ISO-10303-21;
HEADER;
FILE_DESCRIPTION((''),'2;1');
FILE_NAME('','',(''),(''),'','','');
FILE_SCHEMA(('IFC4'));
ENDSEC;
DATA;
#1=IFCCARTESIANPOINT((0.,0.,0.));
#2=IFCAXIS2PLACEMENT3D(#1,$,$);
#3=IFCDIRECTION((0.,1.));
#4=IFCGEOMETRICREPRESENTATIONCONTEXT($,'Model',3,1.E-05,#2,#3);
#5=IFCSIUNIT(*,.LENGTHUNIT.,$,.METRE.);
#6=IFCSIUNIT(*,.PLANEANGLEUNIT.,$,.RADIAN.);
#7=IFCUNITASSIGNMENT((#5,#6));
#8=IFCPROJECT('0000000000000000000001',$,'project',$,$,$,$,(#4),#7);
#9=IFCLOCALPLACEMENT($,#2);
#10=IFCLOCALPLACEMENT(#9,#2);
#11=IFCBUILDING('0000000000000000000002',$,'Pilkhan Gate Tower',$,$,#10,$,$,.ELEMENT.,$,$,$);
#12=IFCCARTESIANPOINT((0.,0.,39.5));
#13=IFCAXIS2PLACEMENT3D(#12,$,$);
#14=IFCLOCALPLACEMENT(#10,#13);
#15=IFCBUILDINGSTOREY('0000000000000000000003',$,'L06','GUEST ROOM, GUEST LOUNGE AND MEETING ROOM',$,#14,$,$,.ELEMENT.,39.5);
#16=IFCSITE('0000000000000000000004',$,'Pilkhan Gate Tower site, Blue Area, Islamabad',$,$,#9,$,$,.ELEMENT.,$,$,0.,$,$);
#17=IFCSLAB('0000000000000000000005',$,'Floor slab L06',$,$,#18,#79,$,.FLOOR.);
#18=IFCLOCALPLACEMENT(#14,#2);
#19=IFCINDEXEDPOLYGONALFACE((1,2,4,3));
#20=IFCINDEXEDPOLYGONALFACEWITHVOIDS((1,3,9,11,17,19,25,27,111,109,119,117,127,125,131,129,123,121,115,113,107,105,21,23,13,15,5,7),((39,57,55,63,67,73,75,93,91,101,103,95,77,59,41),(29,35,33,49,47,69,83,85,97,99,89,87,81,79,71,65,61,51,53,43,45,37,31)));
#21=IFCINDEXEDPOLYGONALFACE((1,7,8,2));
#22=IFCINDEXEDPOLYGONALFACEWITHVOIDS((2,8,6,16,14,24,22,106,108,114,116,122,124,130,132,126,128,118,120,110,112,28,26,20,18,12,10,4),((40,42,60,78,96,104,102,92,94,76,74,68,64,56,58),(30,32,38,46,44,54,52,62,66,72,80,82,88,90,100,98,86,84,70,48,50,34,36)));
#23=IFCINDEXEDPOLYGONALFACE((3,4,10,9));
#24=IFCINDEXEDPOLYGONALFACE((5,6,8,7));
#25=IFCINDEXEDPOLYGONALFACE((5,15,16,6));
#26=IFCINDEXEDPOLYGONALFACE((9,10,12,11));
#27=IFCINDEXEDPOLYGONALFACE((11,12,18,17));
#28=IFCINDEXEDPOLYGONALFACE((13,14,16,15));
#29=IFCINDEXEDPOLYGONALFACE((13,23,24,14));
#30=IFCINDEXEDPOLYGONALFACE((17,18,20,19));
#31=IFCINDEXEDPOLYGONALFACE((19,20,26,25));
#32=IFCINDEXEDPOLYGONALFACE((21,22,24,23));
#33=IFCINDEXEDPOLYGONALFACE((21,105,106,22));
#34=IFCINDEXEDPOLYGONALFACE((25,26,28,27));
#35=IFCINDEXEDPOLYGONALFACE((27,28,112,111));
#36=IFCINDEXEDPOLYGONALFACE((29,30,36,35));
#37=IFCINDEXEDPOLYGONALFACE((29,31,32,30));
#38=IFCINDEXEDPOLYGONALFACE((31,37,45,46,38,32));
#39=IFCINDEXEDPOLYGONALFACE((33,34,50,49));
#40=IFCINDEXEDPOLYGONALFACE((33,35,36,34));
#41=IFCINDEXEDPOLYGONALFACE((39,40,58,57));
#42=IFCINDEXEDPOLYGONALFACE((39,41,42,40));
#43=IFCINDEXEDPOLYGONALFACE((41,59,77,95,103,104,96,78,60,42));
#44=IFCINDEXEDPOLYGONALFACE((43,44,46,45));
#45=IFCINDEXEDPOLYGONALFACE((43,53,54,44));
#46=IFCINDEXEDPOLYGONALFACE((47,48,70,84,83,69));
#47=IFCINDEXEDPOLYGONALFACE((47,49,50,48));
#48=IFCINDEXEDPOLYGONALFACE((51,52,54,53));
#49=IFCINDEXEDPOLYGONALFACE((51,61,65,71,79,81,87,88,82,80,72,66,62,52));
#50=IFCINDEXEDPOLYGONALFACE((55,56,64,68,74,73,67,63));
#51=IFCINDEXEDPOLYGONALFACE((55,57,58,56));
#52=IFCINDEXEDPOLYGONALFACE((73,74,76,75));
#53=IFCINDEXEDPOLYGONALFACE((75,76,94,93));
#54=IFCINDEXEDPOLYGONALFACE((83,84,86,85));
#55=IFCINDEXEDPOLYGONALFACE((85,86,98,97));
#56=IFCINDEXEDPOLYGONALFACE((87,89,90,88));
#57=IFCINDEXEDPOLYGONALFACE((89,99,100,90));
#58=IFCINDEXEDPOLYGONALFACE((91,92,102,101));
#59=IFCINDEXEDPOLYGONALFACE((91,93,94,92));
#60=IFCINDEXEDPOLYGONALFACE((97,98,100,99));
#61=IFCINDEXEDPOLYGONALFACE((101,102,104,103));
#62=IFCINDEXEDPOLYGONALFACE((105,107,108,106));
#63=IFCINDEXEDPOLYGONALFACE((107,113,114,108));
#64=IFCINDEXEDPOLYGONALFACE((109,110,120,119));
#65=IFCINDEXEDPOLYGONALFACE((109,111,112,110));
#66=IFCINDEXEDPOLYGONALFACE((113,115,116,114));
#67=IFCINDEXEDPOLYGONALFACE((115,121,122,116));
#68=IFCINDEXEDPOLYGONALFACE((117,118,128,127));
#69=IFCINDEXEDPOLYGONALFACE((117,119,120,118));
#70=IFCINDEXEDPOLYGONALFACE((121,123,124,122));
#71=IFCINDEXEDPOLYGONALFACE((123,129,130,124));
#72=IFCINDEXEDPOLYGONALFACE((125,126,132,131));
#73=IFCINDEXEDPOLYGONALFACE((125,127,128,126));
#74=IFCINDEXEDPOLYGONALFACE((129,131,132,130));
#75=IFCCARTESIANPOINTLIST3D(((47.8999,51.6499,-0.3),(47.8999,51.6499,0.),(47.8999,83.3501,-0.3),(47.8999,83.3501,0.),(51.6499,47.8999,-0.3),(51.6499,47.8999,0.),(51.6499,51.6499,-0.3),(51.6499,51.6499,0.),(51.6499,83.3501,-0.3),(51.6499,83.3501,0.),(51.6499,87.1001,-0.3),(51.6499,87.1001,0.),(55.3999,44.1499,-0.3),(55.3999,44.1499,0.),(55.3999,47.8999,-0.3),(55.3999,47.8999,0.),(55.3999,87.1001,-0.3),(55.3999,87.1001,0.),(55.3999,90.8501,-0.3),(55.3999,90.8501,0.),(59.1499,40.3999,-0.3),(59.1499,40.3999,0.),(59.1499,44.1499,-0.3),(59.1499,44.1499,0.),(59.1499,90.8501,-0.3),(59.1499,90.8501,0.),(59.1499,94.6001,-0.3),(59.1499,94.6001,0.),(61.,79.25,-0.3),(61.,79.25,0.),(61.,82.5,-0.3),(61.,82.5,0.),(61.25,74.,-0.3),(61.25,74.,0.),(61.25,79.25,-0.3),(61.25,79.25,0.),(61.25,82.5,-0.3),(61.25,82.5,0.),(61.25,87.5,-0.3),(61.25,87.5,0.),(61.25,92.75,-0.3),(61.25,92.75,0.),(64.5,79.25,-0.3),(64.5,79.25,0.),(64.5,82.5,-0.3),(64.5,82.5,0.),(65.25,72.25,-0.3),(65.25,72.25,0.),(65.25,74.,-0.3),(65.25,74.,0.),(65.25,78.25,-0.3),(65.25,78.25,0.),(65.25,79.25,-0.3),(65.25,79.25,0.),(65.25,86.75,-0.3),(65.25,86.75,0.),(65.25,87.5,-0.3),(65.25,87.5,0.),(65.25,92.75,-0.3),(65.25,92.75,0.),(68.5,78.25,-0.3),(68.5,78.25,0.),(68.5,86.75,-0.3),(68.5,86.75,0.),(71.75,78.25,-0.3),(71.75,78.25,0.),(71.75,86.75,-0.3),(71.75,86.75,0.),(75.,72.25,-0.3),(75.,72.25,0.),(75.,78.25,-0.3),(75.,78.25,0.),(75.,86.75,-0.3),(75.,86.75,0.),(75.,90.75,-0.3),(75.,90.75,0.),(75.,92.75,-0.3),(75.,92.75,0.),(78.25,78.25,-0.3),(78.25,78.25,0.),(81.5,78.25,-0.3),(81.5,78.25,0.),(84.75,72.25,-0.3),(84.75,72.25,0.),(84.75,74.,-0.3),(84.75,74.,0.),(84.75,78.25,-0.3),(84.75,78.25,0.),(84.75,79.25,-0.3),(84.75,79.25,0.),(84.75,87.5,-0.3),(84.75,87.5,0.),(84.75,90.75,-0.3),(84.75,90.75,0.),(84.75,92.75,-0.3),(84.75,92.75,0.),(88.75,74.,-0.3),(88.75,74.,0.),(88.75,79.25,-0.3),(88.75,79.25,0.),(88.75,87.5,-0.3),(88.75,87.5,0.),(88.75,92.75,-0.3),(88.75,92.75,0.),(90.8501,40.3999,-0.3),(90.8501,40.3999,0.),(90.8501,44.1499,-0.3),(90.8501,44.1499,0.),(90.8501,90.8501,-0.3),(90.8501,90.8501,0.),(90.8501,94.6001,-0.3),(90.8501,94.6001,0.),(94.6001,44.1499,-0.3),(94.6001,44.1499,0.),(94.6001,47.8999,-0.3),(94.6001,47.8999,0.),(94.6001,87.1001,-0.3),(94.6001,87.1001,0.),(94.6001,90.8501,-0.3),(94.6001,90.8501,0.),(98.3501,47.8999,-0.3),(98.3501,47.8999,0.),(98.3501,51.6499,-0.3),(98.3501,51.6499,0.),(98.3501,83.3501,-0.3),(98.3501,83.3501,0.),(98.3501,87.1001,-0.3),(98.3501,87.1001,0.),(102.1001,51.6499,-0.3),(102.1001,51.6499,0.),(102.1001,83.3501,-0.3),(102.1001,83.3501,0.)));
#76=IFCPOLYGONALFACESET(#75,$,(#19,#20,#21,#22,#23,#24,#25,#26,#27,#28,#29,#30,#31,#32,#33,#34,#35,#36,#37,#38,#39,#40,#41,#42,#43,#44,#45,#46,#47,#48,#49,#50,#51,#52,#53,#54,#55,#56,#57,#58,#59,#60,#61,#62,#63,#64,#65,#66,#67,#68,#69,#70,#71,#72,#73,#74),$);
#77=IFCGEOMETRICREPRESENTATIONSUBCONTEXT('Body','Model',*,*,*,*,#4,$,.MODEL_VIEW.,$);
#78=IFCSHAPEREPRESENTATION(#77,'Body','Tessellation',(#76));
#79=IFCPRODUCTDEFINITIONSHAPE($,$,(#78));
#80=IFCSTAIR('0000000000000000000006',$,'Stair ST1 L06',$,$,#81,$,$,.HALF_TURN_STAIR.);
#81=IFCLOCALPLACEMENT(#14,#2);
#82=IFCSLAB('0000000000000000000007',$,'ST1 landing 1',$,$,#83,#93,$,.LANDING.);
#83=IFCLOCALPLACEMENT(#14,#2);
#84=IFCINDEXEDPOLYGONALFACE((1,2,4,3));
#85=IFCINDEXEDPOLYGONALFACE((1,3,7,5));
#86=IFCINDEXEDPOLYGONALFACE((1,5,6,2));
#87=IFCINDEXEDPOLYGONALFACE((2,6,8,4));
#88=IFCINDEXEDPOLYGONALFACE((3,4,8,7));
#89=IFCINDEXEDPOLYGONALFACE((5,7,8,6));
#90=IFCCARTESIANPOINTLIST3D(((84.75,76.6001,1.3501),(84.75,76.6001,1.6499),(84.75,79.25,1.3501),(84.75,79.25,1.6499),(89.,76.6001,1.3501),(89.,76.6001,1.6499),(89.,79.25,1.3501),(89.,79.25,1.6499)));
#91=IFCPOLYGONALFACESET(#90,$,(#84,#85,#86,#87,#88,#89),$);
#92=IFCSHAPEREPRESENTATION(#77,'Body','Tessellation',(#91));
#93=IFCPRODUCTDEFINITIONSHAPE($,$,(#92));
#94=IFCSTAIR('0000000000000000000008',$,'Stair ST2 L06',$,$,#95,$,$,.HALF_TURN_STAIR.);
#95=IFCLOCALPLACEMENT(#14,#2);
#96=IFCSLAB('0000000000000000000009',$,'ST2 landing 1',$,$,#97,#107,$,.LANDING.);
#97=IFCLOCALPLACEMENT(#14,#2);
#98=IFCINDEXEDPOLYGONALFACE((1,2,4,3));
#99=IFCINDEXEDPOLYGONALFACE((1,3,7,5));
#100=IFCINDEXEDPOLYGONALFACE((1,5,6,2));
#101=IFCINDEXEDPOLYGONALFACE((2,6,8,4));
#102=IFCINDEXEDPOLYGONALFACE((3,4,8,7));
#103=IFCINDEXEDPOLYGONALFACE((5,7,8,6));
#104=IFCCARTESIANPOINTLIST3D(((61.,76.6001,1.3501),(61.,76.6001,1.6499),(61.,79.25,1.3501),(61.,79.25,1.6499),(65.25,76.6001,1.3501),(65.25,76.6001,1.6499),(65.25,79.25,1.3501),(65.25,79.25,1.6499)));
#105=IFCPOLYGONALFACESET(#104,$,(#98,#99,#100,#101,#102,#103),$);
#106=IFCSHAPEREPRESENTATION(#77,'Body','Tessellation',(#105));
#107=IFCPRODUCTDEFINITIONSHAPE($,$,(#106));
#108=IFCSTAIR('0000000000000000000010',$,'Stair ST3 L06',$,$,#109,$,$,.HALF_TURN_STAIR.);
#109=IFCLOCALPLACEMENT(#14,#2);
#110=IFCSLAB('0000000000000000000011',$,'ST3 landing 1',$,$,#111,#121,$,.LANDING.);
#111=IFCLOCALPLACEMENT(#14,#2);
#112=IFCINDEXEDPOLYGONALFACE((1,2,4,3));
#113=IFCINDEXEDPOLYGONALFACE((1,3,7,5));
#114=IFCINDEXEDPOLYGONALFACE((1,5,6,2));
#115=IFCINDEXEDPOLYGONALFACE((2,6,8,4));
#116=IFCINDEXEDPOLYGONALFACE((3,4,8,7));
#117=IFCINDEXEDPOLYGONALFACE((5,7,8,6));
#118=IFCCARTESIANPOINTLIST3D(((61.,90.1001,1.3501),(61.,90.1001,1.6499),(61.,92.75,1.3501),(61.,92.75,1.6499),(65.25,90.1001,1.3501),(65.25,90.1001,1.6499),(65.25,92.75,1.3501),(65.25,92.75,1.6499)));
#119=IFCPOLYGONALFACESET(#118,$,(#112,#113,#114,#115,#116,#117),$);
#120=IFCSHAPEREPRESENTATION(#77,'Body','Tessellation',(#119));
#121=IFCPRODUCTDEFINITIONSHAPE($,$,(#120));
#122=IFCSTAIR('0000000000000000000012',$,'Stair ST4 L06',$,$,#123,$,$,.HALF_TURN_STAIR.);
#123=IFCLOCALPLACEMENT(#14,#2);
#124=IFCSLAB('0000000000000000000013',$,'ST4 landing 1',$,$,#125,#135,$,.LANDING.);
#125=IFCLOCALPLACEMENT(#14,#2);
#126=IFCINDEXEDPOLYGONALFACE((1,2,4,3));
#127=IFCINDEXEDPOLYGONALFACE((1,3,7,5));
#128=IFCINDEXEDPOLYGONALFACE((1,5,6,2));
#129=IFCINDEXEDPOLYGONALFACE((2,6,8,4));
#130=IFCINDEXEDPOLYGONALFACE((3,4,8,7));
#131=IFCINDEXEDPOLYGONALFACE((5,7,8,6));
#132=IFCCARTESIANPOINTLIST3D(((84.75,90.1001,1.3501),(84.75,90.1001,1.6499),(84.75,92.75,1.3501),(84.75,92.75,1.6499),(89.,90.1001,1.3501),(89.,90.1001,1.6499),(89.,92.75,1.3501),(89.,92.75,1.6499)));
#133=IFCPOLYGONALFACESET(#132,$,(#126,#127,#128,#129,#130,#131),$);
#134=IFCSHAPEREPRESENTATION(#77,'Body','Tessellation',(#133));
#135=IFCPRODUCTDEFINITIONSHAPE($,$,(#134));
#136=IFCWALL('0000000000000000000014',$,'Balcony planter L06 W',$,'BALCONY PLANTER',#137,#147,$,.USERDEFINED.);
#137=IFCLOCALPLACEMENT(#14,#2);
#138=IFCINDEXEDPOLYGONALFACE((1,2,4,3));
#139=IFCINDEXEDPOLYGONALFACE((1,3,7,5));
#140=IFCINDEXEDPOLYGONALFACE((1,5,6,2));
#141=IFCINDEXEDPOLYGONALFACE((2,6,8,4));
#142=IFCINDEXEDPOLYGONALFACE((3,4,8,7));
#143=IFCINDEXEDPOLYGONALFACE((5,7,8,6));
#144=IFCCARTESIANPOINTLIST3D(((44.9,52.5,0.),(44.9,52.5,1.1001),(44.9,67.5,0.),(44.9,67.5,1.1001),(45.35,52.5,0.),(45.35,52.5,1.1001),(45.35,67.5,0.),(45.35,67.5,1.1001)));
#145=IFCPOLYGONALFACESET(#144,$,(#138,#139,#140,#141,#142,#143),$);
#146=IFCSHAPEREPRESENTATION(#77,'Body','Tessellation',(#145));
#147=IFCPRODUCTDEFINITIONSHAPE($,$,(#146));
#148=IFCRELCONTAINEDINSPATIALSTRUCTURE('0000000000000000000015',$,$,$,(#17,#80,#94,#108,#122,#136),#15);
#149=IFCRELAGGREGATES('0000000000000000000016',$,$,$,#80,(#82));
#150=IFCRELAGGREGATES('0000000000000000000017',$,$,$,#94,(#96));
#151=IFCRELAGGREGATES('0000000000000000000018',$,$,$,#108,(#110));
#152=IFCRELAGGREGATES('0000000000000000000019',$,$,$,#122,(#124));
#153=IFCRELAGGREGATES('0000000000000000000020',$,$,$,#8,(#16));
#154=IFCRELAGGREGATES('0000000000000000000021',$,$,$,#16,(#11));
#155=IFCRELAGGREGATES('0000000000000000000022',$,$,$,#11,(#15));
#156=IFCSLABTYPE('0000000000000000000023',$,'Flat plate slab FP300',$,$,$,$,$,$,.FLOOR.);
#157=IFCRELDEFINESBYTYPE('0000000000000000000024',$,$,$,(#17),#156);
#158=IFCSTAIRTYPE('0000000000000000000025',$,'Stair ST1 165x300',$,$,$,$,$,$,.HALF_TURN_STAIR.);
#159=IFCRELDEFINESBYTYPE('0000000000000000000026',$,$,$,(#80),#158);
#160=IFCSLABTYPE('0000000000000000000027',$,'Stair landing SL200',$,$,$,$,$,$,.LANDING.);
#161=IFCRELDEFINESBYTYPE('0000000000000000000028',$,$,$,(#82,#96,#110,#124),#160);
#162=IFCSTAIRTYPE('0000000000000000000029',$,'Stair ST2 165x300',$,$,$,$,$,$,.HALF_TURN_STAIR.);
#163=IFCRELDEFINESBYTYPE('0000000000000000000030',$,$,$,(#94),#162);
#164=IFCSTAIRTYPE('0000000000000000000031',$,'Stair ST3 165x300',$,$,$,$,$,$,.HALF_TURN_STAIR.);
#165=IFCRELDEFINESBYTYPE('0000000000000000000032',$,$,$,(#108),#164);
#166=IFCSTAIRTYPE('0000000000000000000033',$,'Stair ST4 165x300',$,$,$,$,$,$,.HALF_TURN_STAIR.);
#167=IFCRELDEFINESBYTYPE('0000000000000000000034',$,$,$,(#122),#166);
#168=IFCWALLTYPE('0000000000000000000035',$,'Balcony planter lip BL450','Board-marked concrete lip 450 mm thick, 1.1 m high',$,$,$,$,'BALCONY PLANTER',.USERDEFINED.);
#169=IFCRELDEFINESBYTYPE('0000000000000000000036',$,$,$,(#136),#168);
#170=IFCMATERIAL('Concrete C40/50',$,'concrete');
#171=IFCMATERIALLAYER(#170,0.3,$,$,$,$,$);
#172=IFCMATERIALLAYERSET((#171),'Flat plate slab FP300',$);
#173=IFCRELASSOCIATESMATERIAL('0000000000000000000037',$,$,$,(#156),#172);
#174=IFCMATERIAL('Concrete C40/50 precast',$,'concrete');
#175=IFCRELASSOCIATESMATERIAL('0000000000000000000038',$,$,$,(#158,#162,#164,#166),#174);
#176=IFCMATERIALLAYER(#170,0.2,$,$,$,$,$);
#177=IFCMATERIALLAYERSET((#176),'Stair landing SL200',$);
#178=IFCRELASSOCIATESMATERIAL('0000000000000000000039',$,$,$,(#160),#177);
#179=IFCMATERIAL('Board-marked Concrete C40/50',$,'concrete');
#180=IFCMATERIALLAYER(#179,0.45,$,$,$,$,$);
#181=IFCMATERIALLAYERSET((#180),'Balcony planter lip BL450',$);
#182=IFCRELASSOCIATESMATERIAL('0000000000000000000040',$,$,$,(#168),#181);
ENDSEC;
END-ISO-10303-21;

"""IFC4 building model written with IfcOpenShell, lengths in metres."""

from ifc_helpers import new_model, si_unit, direction, frame, frame_2d, origin, place, context, subcontext, project, spatial, polyline, rectangle, outline, extrude, material, layer, layer_set, type_object, element, aggregate, save


model = new_model("IFC4")

# Units and contexts
model_context = context("Model", 3, precision=1e-05, world=origin(), true_north=direction((0.0, 1.0)))
body_context = subcontext(model_context, "Body", "Model", "MODEL_VIEW")
ifc_project = project(units=[si_unit("LENGTHUNIT", "METRE"), si_unit("PLANEANGLEUNIT", "RADIAN")], contexts=[model_context])

# Site, building, storey
site_placement = place(None, origin())
site = spatial("IfcSite", under=ifc_project, at=site_placement, Name="Pilkhan Gate Tower site, Blue Area, Islamabad", CompositionType="ELEMENT", RefElevation=0.0)
building_placement = place(site_placement, origin())
building = spatial("IfcBuilding", under=site, at=building_placement, Name="Pilkhan Gate Tower", CompositionType="ELEMENT")
storey_placement = place(building_placement, frame((0.0, 0.0, 39.5)))
storey = spatial("IfcBuildingStorey", under=building, at=storey_placement, Name="L06", Description="GUEST ROOM, GUEST LOUNGE AND MEETING ROOM", CompositionType="ELEMENT", Elevation=39.5)

# Slab
ifc_material_1 = material(Name="Concrete C40/50", Category="concrete")
ifc_layer_1 = layer(ifc_material_1, 0.3)
ifc_layer_set_1 = layer_set([ifc_layer_1], Name="Flat plate slab FP300")
slab_type_1 = type_object("IfcSlabType", Name="Flat plate slab FP300", PredefinedType="FLOOR", material=ifc_layer_set_1)
slab_1_placement = place(storey_placement, frame((0.0, 0.0, -0.3)))
element("IfcSlab", 1, at=slab_1_placement, inside=storey, type_object=slab_type_1, Name="Floor slab L06", PredefinedType="FLOOR", context=body_context, shape_type="SweptSolid", body=[
    extrude(outline(polyline([(98.3501, 47.8999), (94.6001, 47.8999), (94.6001, 44.1499), (90.8501, 44.1499), (90.8501, 40.3999), (59.1499, 40.3999), (59.1499, 44.1499), (55.3999, 44.1499), (55.3999, 47.8999), (51.6499, 47.8999), (51.6499, 51.6499), (47.8999, 51.6499), (47.8999, 83.3501), (51.6499, 83.3501), (51.6499, 87.1001), (55.3999, 87.1001), (55.3999, 90.8501), (59.1499, 90.8501), (59.1499, 94.6001), (90.8501, 94.6001), (90.8501, 90.8501), (94.6001, 90.8501), (94.6001, 87.1001), (98.3501, 87.1001), (98.3501, 83.3501), (102.1001, 83.3501), (102.1001, 51.6499), (98.3501, 51.6499), (98.3501, 47.8999)]), holes=[polyline([(65.25, 87.5), (65.25, 86.75), (68.5, 86.75), (71.75, 86.75), (75.0, 86.75), (75.0, 90.75), (84.75, 90.75), (84.75, 87.5), (88.75, 87.5), (88.75, 92.75), (84.75, 92.75), (75.0, 92.75), (65.25, 92.75), (61.25, 92.75), (61.25, 87.5), (65.25, 87.5)]), polyline([(75.0, 72.25), (84.75, 72.25), (84.75, 74.0), (88.75, 74.0), (88.75, 79.25), (84.75, 79.25), (84.75, 78.25), (81.5, 78.25), (78.25, 78.25), (75.0, 78.25), (71.75, 78.25), (68.5, 78.25), (65.25, 78.25), (65.25, 79.25), (64.5, 79.25), (64.5, 82.5), (61.25, 82.5), (61.0, 82.5), (61.0, 79.25), (61.25, 79.25), (61.25, 74.0), (65.25, 74.0), (65.25, 72.25), (75.0, 72.25)])]), origin(), (0.0, 0.0, 1.0), 0.3),
])

# Stairs, slabs
ifc_material_2 = material(Name="Concrete C40/50 precast", Category="concrete")
stair_type_1 = type_object("IfcStairType", Name="Stair ST1 165x300", PredefinedType="HALF_TURN_STAIR", material=ifc_material_2)
stair_1_placement = place(storey_placement, origin())
stair_1 = element("IfcStair", 2, at=stair_1_placement, inside=storey, type_object=stair_type_1, Name="Stair ST1 L06", PredefinedType="HALF_TURN_STAIR")
ifc_layer_2 = layer(ifc_material_1, 0.2)
ifc_layer_set_2 = layer_set([ifc_layer_2], Name="Stair landing SL200")
slab_type_2 = type_object("IfcSlabType", Name="Stair landing SL200", PredefinedType="LANDING", material=ifc_layer_set_2)
slab_2_placement = place(storey_placement, frame((0.0, 0.0, 1.3501)))
slab_2 = element("IfcSlab", 3, at=slab_2_placement, type_object=slab_type_2, Name="ST1 landing 1", PredefinedType="LANDING", context=body_context, shape_type="SweptSolid", body=[
    extrude(outline(polyline([(89.0, 76.6001), (89.0, 79.25), (84.75, 79.25), (84.75, 76.6001), (89.0, 76.6001)])), origin(), (0.0, 0.0, 1.0), 0.2998),
])
aggregate(stair_1, [slab_2])
stair_type_2 = type_object("IfcStairType", Name="Stair ST2 165x300", PredefinedType="HALF_TURN_STAIR", material=ifc_material_2)
stair_2_placement = place(storey_placement, origin())
stair_2 = element("IfcStair", 4, at=stair_2_placement, inside=storey, type_object=stair_type_2, Name="Stair ST2 L06", PredefinedType="HALF_TURN_STAIR")
slab_3_placement = place(storey_placement, frame((0.0, 0.0, 1.3501)))
slab_3 = element("IfcSlab", 5, at=slab_3_placement, type_object=slab_type_2, Name="ST2 landing 1", PredefinedType="LANDING", context=body_context, shape_type="SweptSolid", body=[
    extrude(outline(polyline([(65.25, 76.6001), (65.25, 79.25), (61.0, 79.25), (61.0, 76.6001), (65.25, 76.6001)])), origin(), (0.0, 0.0, 1.0), 0.2998),
])
aggregate(stair_2, [slab_3])
stair_type_3 = type_object("IfcStairType", Name="Stair ST3 165x300", PredefinedType="HALF_TURN_STAIR", material=ifc_material_2)
stair_3_placement = place(storey_placement, origin())
stair_3 = element("IfcStair", 6, at=stair_3_placement, inside=storey, type_object=stair_type_3, Name="Stair ST3 L06", PredefinedType="HALF_TURN_STAIR")
slab_4_placement = place(storey_placement, frame((0.0, 0.0, 1.3501)))
slab_4 = element("IfcSlab", 7, at=slab_4_placement, type_object=slab_type_2, Name="ST3 landing 1", PredefinedType="LANDING", context=body_context, shape_type="SweptSolid", body=[
    extrude(outline(polyline([(65.25, 90.1001), (65.25, 92.75), (61.0, 92.75), (61.0, 90.1001), (65.25, 90.1001)])), origin(), (0.0, 0.0, 1.0), 0.2998),
])
aggregate(stair_3, [slab_4])
stair_type_4 = type_object("IfcStairType", Name="Stair ST4 165x300", PredefinedType="HALF_TURN_STAIR", material=ifc_material_2)
stair_4_placement = place(storey_placement, origin())
stair_4 = element("IfcStair", 8, at=stair_4_placement, inside=storey, type_object=stair_type_4, Name="Stair ST4 L06", PredefinedType="HALF_TURN_STAIR")
slab_5_placement = place(storey_placement, frame((0.0, 0.0, 1.3501)))
slab_5 = element("IfcSlab", 9, at=slab_5_placement, type_object=slab_type_2, Name="ST4 landing 1", PredefinedType="LANDING", context=body_context, shape_type="SweptSolid", body=[
    extrude(outline(polyline([(89.0, 90.1001), (89.0, 92.75), (84.75, 92.75), (84.75, 90.1001), (89.0, 90.1001)])), origin(), (0.0, 0.0, 1.0), 0.2998),
])
aggregate(stair_4, [slab_5])

# Wall
ifc_material_3 = material(Name="Board-marked Concrete C40/50", Category="concrete")
ifc_layer_3 = layer(ifc_material_3, 0.45)
ifc_layer_set_3 = layer_set([ifc_layer_3], Name="Balcony planter lip BL450")
wall_type = type_object("IfcWallType", Name="Balcony planter lip BL450", Description="Board-marked concrete lip 450 mm thick, 1.1 m high", ElementType="BALCONY PLANTER", PredefinedType="USERDEFINED", material=ifc_layer_set_3)
wall_placement = place(storey_placement, frame((45.125, 52.5, 0.0), z_axis=(0.0, 0.0, 1.0), x_axis=(0.0, 1.0, 0.0)))
element("IfcWall", 10, at=wall_placement, inside=storey, type_object=wall_type, Name="Balcony planter L06 W", ObjectType="BALCONY PLANTER", PredefinedType="USERDEFINED", context=body_context, shape_type="SweptSolid", body=[
    extrude(rectangle(XDim=15.0, YDim=0.45, at=frame_2d((7.5, 0.0))), origin(), (0.0, 0.0, 1.0), 1.1001),
])

save(model, "model.ifc")
